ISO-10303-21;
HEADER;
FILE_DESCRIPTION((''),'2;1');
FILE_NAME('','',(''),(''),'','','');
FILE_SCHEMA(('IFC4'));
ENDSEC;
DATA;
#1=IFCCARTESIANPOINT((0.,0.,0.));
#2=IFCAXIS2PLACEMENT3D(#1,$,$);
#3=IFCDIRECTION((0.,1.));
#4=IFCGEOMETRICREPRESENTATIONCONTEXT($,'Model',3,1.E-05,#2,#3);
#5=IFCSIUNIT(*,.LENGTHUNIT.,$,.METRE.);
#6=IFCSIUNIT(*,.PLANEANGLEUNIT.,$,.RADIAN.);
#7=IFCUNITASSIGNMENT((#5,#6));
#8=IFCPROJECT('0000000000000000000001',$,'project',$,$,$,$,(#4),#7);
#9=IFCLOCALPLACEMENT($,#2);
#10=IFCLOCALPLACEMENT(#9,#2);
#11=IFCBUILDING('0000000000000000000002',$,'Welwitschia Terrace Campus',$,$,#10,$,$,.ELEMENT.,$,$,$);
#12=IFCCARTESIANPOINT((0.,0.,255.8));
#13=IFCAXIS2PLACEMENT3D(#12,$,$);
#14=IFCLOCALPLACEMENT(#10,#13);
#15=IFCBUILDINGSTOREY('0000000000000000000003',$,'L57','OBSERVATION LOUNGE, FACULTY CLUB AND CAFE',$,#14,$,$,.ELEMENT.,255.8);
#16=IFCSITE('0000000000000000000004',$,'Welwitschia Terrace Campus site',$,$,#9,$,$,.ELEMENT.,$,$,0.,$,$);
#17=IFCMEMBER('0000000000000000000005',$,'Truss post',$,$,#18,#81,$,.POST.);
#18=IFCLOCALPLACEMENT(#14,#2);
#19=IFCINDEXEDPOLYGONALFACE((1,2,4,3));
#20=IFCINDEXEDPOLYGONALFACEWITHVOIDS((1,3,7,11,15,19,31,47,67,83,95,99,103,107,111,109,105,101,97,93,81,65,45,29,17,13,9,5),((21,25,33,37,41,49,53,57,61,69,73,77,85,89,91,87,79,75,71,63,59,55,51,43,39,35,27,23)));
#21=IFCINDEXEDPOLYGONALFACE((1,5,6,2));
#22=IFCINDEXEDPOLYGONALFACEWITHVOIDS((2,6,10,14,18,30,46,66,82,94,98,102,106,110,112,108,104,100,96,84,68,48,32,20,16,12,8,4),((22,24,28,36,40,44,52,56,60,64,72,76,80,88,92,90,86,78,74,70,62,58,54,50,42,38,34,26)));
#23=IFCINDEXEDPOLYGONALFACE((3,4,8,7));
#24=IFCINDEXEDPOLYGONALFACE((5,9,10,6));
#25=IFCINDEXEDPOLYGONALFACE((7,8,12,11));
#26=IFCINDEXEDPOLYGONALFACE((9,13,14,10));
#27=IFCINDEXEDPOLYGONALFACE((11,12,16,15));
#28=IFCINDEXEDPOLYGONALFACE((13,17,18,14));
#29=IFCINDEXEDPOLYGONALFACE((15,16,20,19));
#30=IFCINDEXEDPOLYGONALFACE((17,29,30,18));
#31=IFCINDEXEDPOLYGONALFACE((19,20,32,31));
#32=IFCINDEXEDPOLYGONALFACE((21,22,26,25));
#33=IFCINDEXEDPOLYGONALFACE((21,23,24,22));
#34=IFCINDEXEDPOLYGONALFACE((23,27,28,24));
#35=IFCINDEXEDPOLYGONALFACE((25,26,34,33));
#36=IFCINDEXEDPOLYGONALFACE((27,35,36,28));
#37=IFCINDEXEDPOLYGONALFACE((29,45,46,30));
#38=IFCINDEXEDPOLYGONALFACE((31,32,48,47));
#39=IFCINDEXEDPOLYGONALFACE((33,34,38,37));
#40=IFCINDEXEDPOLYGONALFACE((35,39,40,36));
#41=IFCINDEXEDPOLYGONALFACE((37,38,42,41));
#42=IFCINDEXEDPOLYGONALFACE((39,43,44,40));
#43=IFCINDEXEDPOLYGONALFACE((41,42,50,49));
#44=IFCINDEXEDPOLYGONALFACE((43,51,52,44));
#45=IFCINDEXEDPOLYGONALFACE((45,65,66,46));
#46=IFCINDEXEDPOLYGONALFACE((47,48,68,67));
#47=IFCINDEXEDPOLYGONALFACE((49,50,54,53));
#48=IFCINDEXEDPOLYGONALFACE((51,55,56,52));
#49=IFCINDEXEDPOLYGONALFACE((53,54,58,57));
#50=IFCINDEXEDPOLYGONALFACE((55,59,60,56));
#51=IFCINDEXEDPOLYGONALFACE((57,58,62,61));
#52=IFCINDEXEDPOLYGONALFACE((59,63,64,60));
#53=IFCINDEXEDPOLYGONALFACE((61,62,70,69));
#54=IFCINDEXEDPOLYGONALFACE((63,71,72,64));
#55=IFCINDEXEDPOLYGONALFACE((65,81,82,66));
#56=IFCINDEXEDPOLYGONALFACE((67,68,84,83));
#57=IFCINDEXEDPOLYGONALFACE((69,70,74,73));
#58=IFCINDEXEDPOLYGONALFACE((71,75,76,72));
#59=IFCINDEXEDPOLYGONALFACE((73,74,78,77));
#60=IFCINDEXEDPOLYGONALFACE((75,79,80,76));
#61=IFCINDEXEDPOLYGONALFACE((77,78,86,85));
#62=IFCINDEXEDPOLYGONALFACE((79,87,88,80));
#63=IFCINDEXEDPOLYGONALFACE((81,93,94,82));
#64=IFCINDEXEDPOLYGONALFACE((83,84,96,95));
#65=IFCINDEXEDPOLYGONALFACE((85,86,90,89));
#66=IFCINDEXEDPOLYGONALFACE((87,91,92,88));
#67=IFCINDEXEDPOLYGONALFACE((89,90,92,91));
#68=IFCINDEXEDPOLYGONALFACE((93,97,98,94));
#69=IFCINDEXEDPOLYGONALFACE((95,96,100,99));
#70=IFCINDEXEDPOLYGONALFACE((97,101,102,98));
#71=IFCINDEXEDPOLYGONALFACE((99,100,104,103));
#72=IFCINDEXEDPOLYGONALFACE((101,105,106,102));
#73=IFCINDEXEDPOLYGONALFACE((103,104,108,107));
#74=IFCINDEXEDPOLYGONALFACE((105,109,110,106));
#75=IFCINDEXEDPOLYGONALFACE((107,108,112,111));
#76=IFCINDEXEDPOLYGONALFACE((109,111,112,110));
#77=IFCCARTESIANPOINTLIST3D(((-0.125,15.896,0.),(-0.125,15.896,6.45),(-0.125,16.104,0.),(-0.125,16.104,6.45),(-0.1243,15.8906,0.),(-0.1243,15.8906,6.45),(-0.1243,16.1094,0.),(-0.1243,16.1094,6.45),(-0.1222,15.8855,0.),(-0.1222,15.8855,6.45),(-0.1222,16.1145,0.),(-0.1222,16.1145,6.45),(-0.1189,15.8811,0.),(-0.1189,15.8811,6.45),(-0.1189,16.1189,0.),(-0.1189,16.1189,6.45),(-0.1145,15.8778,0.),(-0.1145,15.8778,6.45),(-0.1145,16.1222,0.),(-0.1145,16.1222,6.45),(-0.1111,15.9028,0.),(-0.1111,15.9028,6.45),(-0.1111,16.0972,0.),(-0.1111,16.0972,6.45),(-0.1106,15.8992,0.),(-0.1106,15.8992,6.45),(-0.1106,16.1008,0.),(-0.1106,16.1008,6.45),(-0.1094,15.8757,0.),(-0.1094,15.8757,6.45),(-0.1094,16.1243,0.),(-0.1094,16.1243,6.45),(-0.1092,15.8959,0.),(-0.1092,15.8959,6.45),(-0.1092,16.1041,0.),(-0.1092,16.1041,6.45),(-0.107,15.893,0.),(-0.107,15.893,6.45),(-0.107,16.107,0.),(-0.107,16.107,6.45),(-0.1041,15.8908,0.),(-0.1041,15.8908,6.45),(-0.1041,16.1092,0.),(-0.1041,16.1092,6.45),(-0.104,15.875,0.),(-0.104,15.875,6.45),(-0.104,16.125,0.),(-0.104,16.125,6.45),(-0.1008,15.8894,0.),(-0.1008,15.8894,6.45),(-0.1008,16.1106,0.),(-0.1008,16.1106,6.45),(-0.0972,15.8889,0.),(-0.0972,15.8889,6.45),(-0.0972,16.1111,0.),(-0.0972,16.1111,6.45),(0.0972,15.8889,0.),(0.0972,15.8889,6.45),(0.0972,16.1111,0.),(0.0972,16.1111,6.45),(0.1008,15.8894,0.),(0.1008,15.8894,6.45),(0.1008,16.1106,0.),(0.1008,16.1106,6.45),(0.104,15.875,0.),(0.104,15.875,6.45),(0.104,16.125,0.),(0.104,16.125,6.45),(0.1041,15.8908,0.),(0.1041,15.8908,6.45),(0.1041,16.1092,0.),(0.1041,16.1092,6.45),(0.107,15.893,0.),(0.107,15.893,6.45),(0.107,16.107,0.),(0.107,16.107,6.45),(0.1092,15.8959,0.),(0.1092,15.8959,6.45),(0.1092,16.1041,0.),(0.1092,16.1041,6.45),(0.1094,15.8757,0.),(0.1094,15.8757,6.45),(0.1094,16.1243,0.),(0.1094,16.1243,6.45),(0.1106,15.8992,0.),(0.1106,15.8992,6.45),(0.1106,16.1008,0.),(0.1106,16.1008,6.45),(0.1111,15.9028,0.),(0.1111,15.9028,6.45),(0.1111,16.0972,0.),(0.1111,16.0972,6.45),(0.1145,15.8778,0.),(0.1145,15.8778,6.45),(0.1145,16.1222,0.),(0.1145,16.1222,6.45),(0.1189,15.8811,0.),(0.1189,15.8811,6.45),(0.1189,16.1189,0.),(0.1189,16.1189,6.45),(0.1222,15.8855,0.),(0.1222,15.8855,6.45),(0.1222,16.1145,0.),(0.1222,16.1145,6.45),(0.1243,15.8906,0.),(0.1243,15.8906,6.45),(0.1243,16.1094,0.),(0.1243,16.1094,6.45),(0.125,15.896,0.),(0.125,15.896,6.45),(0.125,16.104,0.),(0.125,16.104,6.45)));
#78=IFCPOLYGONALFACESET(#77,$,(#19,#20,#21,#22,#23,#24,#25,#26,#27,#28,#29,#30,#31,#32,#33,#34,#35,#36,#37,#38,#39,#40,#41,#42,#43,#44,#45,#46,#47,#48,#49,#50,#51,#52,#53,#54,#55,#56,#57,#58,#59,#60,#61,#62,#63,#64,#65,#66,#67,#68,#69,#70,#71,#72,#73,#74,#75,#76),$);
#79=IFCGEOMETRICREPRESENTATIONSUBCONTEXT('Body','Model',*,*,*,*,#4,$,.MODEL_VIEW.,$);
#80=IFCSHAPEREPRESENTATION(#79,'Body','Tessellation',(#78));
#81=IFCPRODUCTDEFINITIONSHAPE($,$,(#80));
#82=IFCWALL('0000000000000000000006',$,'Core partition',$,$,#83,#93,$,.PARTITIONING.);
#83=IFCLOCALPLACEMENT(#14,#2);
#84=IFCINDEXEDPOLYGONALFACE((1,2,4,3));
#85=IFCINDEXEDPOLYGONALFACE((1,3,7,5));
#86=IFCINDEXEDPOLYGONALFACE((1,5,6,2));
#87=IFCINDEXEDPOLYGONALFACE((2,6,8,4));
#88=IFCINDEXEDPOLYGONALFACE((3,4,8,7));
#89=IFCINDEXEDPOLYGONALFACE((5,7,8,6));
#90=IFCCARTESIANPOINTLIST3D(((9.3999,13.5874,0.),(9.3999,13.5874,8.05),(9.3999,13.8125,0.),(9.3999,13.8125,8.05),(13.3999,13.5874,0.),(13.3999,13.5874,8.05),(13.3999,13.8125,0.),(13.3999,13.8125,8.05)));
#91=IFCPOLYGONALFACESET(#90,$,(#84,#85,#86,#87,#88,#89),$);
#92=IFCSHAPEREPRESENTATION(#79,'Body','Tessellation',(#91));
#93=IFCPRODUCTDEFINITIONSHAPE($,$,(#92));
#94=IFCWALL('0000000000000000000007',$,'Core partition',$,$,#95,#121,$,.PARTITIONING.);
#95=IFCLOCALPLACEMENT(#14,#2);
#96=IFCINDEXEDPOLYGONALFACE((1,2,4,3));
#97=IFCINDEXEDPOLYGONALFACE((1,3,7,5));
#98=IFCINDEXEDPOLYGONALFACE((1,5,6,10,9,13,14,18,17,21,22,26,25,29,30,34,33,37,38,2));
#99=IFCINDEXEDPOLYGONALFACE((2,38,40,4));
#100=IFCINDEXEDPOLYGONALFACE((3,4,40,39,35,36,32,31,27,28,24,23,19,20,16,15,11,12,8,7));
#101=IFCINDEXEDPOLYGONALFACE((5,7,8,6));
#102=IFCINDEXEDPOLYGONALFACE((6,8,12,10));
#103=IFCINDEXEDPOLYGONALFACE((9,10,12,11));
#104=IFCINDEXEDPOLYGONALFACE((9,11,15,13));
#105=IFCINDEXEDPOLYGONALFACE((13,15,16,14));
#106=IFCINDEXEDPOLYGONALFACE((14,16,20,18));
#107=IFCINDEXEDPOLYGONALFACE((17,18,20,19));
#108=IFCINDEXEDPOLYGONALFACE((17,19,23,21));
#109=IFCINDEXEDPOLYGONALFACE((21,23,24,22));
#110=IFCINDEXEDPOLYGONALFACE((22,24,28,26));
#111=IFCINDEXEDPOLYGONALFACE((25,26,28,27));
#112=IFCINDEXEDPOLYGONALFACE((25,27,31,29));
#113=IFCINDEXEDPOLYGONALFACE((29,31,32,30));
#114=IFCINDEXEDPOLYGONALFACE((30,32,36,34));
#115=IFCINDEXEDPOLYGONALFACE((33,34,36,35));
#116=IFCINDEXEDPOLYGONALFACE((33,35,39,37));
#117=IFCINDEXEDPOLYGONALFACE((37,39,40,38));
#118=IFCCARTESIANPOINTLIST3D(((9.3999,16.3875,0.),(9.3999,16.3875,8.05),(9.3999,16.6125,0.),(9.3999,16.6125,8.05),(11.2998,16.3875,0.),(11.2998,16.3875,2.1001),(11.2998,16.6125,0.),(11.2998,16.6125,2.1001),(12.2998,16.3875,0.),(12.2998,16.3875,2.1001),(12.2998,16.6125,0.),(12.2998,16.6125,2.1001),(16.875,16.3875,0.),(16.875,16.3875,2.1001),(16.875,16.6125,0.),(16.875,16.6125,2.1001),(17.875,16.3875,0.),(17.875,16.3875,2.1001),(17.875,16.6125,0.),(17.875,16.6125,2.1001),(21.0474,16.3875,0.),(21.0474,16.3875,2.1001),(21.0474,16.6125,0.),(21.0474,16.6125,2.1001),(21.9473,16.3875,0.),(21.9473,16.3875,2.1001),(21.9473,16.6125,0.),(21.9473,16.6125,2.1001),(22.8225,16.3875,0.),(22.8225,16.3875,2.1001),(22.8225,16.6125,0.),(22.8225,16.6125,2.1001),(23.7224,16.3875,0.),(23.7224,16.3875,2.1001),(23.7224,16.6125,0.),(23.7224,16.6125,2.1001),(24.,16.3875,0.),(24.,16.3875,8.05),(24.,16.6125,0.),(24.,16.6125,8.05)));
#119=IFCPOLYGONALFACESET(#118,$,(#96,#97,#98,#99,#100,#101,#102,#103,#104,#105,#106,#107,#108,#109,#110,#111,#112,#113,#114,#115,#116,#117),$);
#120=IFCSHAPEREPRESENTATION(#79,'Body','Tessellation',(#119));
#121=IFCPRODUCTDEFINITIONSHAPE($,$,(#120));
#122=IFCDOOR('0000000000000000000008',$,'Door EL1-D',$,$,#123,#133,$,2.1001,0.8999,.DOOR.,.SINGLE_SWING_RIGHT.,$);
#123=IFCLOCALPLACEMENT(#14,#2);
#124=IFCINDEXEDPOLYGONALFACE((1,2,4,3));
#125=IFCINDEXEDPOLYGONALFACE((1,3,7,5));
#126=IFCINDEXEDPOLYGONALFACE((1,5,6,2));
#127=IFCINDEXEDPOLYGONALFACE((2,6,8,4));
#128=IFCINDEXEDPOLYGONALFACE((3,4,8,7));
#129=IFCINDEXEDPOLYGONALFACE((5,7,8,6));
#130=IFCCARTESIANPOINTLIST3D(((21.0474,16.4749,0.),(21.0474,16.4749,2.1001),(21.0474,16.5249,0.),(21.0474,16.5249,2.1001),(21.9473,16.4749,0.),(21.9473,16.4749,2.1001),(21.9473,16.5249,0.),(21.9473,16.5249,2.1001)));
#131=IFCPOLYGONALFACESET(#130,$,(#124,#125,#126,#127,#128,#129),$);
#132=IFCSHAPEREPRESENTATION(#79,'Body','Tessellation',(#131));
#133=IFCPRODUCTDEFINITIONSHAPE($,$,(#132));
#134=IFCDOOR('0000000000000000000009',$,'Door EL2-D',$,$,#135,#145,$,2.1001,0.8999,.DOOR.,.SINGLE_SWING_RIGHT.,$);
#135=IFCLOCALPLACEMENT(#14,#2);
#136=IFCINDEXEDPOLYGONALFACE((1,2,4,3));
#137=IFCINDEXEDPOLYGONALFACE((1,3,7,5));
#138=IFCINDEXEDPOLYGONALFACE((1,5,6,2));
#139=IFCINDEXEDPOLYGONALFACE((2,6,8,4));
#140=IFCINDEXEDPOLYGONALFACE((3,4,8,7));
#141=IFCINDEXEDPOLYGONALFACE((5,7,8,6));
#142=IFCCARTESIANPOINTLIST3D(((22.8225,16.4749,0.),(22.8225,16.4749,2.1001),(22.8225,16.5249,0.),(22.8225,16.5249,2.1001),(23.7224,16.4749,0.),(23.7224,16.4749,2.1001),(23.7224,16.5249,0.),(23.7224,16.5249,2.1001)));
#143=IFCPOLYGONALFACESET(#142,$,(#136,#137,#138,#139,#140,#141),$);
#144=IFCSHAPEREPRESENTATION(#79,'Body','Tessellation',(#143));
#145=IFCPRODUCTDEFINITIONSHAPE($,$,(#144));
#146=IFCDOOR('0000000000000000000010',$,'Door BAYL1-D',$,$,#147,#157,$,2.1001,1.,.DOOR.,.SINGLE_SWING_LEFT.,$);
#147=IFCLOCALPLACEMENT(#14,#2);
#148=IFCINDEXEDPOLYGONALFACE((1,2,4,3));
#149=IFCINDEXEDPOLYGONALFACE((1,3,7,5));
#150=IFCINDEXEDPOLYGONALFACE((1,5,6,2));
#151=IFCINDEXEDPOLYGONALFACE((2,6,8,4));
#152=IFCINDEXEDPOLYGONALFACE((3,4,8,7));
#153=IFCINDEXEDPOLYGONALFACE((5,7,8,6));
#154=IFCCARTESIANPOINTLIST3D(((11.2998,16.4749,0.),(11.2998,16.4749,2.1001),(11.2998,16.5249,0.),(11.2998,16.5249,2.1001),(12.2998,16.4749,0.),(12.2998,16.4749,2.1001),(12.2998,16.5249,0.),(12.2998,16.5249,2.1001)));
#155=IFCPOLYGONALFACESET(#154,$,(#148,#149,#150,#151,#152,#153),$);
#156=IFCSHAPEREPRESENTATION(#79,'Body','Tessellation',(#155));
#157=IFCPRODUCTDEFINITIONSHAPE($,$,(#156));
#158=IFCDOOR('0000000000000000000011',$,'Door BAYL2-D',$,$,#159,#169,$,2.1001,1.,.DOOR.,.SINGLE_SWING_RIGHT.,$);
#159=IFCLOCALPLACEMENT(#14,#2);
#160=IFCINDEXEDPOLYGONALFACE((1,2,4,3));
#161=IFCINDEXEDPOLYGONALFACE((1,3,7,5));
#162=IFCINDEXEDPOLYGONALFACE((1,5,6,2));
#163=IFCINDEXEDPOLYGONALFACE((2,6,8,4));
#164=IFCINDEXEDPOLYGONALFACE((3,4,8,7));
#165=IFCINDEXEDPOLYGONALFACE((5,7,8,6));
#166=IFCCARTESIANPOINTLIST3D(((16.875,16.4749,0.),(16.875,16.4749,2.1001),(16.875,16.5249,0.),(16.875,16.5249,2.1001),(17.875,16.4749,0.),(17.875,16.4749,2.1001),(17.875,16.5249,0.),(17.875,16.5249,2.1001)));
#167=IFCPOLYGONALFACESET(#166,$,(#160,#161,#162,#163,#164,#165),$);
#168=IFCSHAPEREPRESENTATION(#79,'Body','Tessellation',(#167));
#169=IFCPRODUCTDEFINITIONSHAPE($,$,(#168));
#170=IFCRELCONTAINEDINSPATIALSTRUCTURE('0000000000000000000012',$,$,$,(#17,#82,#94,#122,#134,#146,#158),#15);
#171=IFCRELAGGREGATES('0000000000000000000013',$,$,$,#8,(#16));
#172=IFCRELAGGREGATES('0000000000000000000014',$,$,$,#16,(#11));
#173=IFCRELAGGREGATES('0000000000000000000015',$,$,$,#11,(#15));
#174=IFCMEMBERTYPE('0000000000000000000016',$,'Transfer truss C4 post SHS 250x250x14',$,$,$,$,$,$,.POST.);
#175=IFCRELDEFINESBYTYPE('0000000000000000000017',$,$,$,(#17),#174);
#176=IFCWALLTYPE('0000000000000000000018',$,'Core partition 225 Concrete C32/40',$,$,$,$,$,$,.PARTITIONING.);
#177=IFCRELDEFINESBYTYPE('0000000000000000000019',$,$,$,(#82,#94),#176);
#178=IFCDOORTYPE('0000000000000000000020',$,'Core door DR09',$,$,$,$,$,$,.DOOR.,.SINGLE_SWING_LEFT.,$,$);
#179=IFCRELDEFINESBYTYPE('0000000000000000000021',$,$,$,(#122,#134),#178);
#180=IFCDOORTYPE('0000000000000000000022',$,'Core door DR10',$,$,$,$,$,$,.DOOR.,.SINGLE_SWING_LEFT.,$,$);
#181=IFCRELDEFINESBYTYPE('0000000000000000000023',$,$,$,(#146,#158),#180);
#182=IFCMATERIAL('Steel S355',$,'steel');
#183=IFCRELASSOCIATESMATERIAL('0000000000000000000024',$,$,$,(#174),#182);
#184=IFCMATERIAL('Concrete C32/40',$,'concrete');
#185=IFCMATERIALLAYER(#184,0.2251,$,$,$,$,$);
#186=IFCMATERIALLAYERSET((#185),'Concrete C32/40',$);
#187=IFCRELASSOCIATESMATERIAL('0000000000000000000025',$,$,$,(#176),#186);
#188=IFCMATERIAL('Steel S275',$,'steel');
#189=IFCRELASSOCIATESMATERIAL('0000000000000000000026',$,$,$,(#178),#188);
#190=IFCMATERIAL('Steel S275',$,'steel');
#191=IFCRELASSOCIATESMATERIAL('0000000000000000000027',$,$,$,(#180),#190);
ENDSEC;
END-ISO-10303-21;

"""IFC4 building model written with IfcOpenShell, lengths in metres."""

from ifc_helpers import new_model, si_unit, direction, frame, frame_2d, origin, origin_2d, place, context, subcontext, project, spatial, rectangle, hollow_rectangle, extrude, material, layer, layer_set, material_profile, profile_set, type_object, element, fill, save


model = new_model("IFC4")

# Units and contexts
model_context = context("Model", 3, precision=1e-05, world=origin(), true_north=direction((0.0, 1.0)))
body_context = subcontext(model_context, "Body", "Model", "MODEL_VIEW")
ifc_project = project(units=[si_unit("LENGTHUNIT", "METRE"), si_unit("PLANEANGLEUNIT", "RADIAN")], contexts=[model_context])

# Site, building, storey
site_placement = place(None, origin())
site = spatial("IfcSite", under=ifc_project, at=site_placement, Name="Welwitschia Terrace Campus site", CompositionType="ELEMENT", RefElevation=0.0)
building_placement = place(site_placement, origin())
building = spatial("IfcBuilding", under=site, at=building_placement, Name="Welwitschia Terrace Campus", CompositionType="ELEMENT")
storey_placement = place(building_placement, frame((0.0, 0.0, 255.8)))
storey = spatial("IfcBuildingStorey", under=building, at=storey_placement, Name="L57", Description="OBSERVATION LOUNGE, FACULTY CLUB AND CAFE", CompositionType="ELEMENT", Elevation=255.8)

# Member
ifc_material_1 = material(Name="Steel S355", Category="steel")
ifc_material_profile = material_profile(ifc_material_1, hollow_rectangle(XDim=0.25, YDim=0.25, WallThickness=0.0139, InnerFilletRadius=0.0139, OuterFilletRadius=0.021, at=origin_2d()))
ifc_profile_set = profile_set([ifc_material_profile], Name="Steel S355")
member_type = type_object("IfcMemberType", Name="Transfer truss C4 post SHS 250x250x14", PredefinedType="POST", material=ifc_profile_set)
member_placement = place(storey_placement, frame((0.0, 16.0, 0.0), z_axis=(0.0, 0.0, 1.0), x_axis=(1.0, 0.0, 0.0)))
element("IfcMember", 1, at=member_placement, inside=storey, type_object=member_type, Name="Truss post", PredefinedType="POST", context=body_context, shape_type="SweptSolid", body=[
    extrude(hollow_rectangle(XDim=0.25, YDim=0.25, WallThickness=0.0139, InnerFilletRadius=0.0139, OuterFilletRadius=0.021, at=origin_2d()), origin(), (0.0, 0.0, 1.0), 6.45),
])

# Wall
ifc_material_2 = material(Name="Concrete C32/40", Category="concrete")
ifc_layer_1 = layer(ifc_material_2, 0.2251)
ifc_layer_set_1 = layer_set([ifc_layer_1], Name="Concrete C32/40")
wall_type_1 = type_object("IfcWallType", Name="Core partition 225 Concrete C32/40", PredefinedType="PARTITIONING", material=ifc_layer_set_1)
wall_1_placement = place(storey_placement, frame((9.3999, 13.7, 0.0), z_axis=(0.0, 0.0, 1.0), x_axis=(1.0, 0.0, 0.0)))
element("IfcWall", 2, at=wall_1_placement, inside=storey, type_object=wall_type_1, Name="Core partition", PredefinedType="PARTITIONING", context=body_context, shape_type="SweptSolid", body=[
    extrude(rectangle(XDim=4.0, YDim=0.2251, at=frame_2d((2.0, 0.0))), origin(), (0.0, 0.0, 1.0), 8.05),
])

# Wall, openings, doors
wall_2_placement = place(storey_placement, frame((9.3999, 16.5, 0.0), z_axis=(0.0, 0.0, 1.0), x_axis=(1.0, 0.0, 0.0)))
wall_2 = element("IfcWall", 3, at=wall_2_placement, inside=storey, type_object=wall_type_1, Name="Core partition", PredefinedType="PARTITIONING", context=body_context, shape_type="SweptSolid", body=[
    extrude(rectangle(XDim=14.6001, YDim=0.2251, at=frame_2d((7.3, 0.0))), origin(), (0.0, 0.0, 1.0), 8.05),
])
opening_1_placement = place(wall_2_placement, frame((1.8999, 0.0, 0.0)))
opening_1 = element("IfcOpeningElement", 4, at=opening_1_placement, cuts=wall_2, PredefinedType="OPENING", context=body_context, shape_type="SweptSolid", body=[
    extrude(rectangle(XDim=1.0, YDim=2.1001, at=frame_2d((0.5, 1.05))), frame((0.0, 0.1226, 0.0), z_axis=(0.0, -1.0, 0.0), x_axis=(1.0, 0.0, 0.0)), (0.0, 0.0, 1.0), 0.2451),
])
opening_2_placement = place(wall_2_placement, frame((7.4751, 0.0, 0.0)))
opening_2 = element("IfcOpeningElement", 5, at=opening_2_placement, cuts=wall_2, PredefinedType="OPENING", context=body_context, shape_type="SweptSolid", body=[
    extrude(rectangle(XDim=1.0, YDim=2.1001, at=frame_2d((0.5, 1.05))), frame((0.0, 0.1226, 0.0), z_axis=(0.0, -1.0, 0.0), x_axis=(1.0, 0.0, 0.0)), (0.0, 0.0, 1.0), 0.2451),
])
opening_3_placement = place(wall_2_placement, frame((11.6475, 0.0, 0.0)))
opening_3 = element("IfcOpeningElement", 6, at=opening_3_placement, cuts=wall_2, PredefinedType="OPENING", context=body_context, shape_type="SweptSolid", body=[
    extrude(rectangle(XDim=0.8999, YDim=2.1001, at=frame_2d((0.45, 1.05))), frame((0.0, 0.1226, 0.0), z_axis=(0.0, -1.0, 0.0), x_axis=(1.0, 0.0, 0.0)), (0.0, 0.0, 1.0), 0.2451),
])
opening_4_placement = place(wall_2_placement, frame((13.4226, 0.0, 0.0)))
opening_4 = element("IfcOpeningElement", 7, at=opening_4_placement, cuts=wall_2, PredefinedType="OPENING", context=body_context, shape_type="SweptSolid", body=[
    extrude(rectangle(XDim=0.8999, YDim=2.1001, at=frame_2d((0.45, 1.05))), frame((0.0, 0.1226, 0.0), z_axis=(0.0, -1.0, 0.0), x_axis=(1.0, 0.0, 0.0)), (0.0, 0.0, 1.0), 0.2451),
])
ifc_material_3 = material(Name="Steel S275", Category="steel")
door_type_1 = type_object("IfcDoorType", Name="Core door DR09", OperationType="SINGLE_SWING_LEFT", PredefinedType="DOOR", material=ifc_material_3)
door_1_placement = place(opening_3_placement, origin())
door_1 = element("IfcDoor", 8, at=door_1_placement, inside=storey, type_object=door_type_1, Name="Door EL1-D", OperationType="SINGLE_SWING_RIGHT", OverallHeight=2.1001, OverallWidth=0.8999, PredefinedType="DOOR", context=body_context, shape_type="SweptSolid", body=[
    extrude(rectangle(XDim=0.8999, YDim=2.1001, at=frame_2d((0.45, 1.05))), frame((0.0, 0.0249, 0.0), z_axis=(0.0, -1.0, 0.0), x_axis=(1.0, 0.0, 0.0)), (0.0, 0.0, 1.0), 0.05),
])
fill(opening_3, door_1)
door_2_placement = place(opening_4_placement, origin())
door_2 = element("IfcDoor", 9, at=door_2_placement, inside=storey, type_object=door_type_1, Name="Door EL2-D", OperationType="SINGLE_SWING_RIGHT", OverallHeight=2.1001, OverallWidth=0.8999, PredefinedType="DOOR", context=body_context, shape_type="SweptSolid", body=[
    extrude(rectangle(XDim=0.8999, YDim=2.1001, at=frame_2d((0.45, 1.05))), frame((0.0, 0.0249, 0.0), z_axis=(0.0, -1.0, 0.0), x_axis=(1.0, 0.0, 0.0)), (0.0, 0.0, 1.0), 0.05),
])
fill(opening_4, door_2)
ifc_material_4 = material(Name="Steel S275", Category="steel")
door_type_2 = type_object("IfcDoorType", Name="Core door DR10", OperationType="SINGLE_SWING_LEFT", PredefinedType="DOOR", material=ifc_material_4)
door_3_placement = place(opening_1_placement, origin())
door_3 = element("IfcDoor", 10, at=door_3_placement, inside=storey, type_object=door_type_2, Name="Door BAYL1-D", OperationType="SINGLE_SWING_LEFT", OverallHeight=2.1001, OverallWidth=1.0, PredefinedType="DOOR", context=body_context, shape_type="SweptSolid", body=[
    extrude(rectangle(XDim=1.0, YDim=2.1001, at=frame_2d((0.5, 1.05))), frame((0.0, 0.0249, 0.0), z_axis=(0.0, -1.0, 0.0), x_axis=(1.0, 0.0, 0.0)), (0.0, 0.0, 1.0), 0.05),
])
fill(opening_1, door_3)
door_4_placement = place(opening_2_placement, origin())
door_4 = element("IfcDoor", 11, at=door_4_placement, inside=storey, type_object=door_type_2, Name="Door BAYL2-D", OperationType="SINGLE_SWING_RIGHT", OverallHeight=2.1001, OverallWidth=1.0, PredefinedType="DOOR", context=body_context, shape_type="SweptSolid", body=[
    extrude(rectangle(XDim=1.0, YDim=2.1001, at=frame_2d((0.5, 1.05))), frame((0.0, 0.0249, 0.0), z_axis=(0.0, -1.0, 0.0), x_axis=(1.0, 0.0, 0.0)), (0.0, 0.0, 1.0), 0.05),
])
fill(opening_2, door_4)

save(model, "model.ifc")
